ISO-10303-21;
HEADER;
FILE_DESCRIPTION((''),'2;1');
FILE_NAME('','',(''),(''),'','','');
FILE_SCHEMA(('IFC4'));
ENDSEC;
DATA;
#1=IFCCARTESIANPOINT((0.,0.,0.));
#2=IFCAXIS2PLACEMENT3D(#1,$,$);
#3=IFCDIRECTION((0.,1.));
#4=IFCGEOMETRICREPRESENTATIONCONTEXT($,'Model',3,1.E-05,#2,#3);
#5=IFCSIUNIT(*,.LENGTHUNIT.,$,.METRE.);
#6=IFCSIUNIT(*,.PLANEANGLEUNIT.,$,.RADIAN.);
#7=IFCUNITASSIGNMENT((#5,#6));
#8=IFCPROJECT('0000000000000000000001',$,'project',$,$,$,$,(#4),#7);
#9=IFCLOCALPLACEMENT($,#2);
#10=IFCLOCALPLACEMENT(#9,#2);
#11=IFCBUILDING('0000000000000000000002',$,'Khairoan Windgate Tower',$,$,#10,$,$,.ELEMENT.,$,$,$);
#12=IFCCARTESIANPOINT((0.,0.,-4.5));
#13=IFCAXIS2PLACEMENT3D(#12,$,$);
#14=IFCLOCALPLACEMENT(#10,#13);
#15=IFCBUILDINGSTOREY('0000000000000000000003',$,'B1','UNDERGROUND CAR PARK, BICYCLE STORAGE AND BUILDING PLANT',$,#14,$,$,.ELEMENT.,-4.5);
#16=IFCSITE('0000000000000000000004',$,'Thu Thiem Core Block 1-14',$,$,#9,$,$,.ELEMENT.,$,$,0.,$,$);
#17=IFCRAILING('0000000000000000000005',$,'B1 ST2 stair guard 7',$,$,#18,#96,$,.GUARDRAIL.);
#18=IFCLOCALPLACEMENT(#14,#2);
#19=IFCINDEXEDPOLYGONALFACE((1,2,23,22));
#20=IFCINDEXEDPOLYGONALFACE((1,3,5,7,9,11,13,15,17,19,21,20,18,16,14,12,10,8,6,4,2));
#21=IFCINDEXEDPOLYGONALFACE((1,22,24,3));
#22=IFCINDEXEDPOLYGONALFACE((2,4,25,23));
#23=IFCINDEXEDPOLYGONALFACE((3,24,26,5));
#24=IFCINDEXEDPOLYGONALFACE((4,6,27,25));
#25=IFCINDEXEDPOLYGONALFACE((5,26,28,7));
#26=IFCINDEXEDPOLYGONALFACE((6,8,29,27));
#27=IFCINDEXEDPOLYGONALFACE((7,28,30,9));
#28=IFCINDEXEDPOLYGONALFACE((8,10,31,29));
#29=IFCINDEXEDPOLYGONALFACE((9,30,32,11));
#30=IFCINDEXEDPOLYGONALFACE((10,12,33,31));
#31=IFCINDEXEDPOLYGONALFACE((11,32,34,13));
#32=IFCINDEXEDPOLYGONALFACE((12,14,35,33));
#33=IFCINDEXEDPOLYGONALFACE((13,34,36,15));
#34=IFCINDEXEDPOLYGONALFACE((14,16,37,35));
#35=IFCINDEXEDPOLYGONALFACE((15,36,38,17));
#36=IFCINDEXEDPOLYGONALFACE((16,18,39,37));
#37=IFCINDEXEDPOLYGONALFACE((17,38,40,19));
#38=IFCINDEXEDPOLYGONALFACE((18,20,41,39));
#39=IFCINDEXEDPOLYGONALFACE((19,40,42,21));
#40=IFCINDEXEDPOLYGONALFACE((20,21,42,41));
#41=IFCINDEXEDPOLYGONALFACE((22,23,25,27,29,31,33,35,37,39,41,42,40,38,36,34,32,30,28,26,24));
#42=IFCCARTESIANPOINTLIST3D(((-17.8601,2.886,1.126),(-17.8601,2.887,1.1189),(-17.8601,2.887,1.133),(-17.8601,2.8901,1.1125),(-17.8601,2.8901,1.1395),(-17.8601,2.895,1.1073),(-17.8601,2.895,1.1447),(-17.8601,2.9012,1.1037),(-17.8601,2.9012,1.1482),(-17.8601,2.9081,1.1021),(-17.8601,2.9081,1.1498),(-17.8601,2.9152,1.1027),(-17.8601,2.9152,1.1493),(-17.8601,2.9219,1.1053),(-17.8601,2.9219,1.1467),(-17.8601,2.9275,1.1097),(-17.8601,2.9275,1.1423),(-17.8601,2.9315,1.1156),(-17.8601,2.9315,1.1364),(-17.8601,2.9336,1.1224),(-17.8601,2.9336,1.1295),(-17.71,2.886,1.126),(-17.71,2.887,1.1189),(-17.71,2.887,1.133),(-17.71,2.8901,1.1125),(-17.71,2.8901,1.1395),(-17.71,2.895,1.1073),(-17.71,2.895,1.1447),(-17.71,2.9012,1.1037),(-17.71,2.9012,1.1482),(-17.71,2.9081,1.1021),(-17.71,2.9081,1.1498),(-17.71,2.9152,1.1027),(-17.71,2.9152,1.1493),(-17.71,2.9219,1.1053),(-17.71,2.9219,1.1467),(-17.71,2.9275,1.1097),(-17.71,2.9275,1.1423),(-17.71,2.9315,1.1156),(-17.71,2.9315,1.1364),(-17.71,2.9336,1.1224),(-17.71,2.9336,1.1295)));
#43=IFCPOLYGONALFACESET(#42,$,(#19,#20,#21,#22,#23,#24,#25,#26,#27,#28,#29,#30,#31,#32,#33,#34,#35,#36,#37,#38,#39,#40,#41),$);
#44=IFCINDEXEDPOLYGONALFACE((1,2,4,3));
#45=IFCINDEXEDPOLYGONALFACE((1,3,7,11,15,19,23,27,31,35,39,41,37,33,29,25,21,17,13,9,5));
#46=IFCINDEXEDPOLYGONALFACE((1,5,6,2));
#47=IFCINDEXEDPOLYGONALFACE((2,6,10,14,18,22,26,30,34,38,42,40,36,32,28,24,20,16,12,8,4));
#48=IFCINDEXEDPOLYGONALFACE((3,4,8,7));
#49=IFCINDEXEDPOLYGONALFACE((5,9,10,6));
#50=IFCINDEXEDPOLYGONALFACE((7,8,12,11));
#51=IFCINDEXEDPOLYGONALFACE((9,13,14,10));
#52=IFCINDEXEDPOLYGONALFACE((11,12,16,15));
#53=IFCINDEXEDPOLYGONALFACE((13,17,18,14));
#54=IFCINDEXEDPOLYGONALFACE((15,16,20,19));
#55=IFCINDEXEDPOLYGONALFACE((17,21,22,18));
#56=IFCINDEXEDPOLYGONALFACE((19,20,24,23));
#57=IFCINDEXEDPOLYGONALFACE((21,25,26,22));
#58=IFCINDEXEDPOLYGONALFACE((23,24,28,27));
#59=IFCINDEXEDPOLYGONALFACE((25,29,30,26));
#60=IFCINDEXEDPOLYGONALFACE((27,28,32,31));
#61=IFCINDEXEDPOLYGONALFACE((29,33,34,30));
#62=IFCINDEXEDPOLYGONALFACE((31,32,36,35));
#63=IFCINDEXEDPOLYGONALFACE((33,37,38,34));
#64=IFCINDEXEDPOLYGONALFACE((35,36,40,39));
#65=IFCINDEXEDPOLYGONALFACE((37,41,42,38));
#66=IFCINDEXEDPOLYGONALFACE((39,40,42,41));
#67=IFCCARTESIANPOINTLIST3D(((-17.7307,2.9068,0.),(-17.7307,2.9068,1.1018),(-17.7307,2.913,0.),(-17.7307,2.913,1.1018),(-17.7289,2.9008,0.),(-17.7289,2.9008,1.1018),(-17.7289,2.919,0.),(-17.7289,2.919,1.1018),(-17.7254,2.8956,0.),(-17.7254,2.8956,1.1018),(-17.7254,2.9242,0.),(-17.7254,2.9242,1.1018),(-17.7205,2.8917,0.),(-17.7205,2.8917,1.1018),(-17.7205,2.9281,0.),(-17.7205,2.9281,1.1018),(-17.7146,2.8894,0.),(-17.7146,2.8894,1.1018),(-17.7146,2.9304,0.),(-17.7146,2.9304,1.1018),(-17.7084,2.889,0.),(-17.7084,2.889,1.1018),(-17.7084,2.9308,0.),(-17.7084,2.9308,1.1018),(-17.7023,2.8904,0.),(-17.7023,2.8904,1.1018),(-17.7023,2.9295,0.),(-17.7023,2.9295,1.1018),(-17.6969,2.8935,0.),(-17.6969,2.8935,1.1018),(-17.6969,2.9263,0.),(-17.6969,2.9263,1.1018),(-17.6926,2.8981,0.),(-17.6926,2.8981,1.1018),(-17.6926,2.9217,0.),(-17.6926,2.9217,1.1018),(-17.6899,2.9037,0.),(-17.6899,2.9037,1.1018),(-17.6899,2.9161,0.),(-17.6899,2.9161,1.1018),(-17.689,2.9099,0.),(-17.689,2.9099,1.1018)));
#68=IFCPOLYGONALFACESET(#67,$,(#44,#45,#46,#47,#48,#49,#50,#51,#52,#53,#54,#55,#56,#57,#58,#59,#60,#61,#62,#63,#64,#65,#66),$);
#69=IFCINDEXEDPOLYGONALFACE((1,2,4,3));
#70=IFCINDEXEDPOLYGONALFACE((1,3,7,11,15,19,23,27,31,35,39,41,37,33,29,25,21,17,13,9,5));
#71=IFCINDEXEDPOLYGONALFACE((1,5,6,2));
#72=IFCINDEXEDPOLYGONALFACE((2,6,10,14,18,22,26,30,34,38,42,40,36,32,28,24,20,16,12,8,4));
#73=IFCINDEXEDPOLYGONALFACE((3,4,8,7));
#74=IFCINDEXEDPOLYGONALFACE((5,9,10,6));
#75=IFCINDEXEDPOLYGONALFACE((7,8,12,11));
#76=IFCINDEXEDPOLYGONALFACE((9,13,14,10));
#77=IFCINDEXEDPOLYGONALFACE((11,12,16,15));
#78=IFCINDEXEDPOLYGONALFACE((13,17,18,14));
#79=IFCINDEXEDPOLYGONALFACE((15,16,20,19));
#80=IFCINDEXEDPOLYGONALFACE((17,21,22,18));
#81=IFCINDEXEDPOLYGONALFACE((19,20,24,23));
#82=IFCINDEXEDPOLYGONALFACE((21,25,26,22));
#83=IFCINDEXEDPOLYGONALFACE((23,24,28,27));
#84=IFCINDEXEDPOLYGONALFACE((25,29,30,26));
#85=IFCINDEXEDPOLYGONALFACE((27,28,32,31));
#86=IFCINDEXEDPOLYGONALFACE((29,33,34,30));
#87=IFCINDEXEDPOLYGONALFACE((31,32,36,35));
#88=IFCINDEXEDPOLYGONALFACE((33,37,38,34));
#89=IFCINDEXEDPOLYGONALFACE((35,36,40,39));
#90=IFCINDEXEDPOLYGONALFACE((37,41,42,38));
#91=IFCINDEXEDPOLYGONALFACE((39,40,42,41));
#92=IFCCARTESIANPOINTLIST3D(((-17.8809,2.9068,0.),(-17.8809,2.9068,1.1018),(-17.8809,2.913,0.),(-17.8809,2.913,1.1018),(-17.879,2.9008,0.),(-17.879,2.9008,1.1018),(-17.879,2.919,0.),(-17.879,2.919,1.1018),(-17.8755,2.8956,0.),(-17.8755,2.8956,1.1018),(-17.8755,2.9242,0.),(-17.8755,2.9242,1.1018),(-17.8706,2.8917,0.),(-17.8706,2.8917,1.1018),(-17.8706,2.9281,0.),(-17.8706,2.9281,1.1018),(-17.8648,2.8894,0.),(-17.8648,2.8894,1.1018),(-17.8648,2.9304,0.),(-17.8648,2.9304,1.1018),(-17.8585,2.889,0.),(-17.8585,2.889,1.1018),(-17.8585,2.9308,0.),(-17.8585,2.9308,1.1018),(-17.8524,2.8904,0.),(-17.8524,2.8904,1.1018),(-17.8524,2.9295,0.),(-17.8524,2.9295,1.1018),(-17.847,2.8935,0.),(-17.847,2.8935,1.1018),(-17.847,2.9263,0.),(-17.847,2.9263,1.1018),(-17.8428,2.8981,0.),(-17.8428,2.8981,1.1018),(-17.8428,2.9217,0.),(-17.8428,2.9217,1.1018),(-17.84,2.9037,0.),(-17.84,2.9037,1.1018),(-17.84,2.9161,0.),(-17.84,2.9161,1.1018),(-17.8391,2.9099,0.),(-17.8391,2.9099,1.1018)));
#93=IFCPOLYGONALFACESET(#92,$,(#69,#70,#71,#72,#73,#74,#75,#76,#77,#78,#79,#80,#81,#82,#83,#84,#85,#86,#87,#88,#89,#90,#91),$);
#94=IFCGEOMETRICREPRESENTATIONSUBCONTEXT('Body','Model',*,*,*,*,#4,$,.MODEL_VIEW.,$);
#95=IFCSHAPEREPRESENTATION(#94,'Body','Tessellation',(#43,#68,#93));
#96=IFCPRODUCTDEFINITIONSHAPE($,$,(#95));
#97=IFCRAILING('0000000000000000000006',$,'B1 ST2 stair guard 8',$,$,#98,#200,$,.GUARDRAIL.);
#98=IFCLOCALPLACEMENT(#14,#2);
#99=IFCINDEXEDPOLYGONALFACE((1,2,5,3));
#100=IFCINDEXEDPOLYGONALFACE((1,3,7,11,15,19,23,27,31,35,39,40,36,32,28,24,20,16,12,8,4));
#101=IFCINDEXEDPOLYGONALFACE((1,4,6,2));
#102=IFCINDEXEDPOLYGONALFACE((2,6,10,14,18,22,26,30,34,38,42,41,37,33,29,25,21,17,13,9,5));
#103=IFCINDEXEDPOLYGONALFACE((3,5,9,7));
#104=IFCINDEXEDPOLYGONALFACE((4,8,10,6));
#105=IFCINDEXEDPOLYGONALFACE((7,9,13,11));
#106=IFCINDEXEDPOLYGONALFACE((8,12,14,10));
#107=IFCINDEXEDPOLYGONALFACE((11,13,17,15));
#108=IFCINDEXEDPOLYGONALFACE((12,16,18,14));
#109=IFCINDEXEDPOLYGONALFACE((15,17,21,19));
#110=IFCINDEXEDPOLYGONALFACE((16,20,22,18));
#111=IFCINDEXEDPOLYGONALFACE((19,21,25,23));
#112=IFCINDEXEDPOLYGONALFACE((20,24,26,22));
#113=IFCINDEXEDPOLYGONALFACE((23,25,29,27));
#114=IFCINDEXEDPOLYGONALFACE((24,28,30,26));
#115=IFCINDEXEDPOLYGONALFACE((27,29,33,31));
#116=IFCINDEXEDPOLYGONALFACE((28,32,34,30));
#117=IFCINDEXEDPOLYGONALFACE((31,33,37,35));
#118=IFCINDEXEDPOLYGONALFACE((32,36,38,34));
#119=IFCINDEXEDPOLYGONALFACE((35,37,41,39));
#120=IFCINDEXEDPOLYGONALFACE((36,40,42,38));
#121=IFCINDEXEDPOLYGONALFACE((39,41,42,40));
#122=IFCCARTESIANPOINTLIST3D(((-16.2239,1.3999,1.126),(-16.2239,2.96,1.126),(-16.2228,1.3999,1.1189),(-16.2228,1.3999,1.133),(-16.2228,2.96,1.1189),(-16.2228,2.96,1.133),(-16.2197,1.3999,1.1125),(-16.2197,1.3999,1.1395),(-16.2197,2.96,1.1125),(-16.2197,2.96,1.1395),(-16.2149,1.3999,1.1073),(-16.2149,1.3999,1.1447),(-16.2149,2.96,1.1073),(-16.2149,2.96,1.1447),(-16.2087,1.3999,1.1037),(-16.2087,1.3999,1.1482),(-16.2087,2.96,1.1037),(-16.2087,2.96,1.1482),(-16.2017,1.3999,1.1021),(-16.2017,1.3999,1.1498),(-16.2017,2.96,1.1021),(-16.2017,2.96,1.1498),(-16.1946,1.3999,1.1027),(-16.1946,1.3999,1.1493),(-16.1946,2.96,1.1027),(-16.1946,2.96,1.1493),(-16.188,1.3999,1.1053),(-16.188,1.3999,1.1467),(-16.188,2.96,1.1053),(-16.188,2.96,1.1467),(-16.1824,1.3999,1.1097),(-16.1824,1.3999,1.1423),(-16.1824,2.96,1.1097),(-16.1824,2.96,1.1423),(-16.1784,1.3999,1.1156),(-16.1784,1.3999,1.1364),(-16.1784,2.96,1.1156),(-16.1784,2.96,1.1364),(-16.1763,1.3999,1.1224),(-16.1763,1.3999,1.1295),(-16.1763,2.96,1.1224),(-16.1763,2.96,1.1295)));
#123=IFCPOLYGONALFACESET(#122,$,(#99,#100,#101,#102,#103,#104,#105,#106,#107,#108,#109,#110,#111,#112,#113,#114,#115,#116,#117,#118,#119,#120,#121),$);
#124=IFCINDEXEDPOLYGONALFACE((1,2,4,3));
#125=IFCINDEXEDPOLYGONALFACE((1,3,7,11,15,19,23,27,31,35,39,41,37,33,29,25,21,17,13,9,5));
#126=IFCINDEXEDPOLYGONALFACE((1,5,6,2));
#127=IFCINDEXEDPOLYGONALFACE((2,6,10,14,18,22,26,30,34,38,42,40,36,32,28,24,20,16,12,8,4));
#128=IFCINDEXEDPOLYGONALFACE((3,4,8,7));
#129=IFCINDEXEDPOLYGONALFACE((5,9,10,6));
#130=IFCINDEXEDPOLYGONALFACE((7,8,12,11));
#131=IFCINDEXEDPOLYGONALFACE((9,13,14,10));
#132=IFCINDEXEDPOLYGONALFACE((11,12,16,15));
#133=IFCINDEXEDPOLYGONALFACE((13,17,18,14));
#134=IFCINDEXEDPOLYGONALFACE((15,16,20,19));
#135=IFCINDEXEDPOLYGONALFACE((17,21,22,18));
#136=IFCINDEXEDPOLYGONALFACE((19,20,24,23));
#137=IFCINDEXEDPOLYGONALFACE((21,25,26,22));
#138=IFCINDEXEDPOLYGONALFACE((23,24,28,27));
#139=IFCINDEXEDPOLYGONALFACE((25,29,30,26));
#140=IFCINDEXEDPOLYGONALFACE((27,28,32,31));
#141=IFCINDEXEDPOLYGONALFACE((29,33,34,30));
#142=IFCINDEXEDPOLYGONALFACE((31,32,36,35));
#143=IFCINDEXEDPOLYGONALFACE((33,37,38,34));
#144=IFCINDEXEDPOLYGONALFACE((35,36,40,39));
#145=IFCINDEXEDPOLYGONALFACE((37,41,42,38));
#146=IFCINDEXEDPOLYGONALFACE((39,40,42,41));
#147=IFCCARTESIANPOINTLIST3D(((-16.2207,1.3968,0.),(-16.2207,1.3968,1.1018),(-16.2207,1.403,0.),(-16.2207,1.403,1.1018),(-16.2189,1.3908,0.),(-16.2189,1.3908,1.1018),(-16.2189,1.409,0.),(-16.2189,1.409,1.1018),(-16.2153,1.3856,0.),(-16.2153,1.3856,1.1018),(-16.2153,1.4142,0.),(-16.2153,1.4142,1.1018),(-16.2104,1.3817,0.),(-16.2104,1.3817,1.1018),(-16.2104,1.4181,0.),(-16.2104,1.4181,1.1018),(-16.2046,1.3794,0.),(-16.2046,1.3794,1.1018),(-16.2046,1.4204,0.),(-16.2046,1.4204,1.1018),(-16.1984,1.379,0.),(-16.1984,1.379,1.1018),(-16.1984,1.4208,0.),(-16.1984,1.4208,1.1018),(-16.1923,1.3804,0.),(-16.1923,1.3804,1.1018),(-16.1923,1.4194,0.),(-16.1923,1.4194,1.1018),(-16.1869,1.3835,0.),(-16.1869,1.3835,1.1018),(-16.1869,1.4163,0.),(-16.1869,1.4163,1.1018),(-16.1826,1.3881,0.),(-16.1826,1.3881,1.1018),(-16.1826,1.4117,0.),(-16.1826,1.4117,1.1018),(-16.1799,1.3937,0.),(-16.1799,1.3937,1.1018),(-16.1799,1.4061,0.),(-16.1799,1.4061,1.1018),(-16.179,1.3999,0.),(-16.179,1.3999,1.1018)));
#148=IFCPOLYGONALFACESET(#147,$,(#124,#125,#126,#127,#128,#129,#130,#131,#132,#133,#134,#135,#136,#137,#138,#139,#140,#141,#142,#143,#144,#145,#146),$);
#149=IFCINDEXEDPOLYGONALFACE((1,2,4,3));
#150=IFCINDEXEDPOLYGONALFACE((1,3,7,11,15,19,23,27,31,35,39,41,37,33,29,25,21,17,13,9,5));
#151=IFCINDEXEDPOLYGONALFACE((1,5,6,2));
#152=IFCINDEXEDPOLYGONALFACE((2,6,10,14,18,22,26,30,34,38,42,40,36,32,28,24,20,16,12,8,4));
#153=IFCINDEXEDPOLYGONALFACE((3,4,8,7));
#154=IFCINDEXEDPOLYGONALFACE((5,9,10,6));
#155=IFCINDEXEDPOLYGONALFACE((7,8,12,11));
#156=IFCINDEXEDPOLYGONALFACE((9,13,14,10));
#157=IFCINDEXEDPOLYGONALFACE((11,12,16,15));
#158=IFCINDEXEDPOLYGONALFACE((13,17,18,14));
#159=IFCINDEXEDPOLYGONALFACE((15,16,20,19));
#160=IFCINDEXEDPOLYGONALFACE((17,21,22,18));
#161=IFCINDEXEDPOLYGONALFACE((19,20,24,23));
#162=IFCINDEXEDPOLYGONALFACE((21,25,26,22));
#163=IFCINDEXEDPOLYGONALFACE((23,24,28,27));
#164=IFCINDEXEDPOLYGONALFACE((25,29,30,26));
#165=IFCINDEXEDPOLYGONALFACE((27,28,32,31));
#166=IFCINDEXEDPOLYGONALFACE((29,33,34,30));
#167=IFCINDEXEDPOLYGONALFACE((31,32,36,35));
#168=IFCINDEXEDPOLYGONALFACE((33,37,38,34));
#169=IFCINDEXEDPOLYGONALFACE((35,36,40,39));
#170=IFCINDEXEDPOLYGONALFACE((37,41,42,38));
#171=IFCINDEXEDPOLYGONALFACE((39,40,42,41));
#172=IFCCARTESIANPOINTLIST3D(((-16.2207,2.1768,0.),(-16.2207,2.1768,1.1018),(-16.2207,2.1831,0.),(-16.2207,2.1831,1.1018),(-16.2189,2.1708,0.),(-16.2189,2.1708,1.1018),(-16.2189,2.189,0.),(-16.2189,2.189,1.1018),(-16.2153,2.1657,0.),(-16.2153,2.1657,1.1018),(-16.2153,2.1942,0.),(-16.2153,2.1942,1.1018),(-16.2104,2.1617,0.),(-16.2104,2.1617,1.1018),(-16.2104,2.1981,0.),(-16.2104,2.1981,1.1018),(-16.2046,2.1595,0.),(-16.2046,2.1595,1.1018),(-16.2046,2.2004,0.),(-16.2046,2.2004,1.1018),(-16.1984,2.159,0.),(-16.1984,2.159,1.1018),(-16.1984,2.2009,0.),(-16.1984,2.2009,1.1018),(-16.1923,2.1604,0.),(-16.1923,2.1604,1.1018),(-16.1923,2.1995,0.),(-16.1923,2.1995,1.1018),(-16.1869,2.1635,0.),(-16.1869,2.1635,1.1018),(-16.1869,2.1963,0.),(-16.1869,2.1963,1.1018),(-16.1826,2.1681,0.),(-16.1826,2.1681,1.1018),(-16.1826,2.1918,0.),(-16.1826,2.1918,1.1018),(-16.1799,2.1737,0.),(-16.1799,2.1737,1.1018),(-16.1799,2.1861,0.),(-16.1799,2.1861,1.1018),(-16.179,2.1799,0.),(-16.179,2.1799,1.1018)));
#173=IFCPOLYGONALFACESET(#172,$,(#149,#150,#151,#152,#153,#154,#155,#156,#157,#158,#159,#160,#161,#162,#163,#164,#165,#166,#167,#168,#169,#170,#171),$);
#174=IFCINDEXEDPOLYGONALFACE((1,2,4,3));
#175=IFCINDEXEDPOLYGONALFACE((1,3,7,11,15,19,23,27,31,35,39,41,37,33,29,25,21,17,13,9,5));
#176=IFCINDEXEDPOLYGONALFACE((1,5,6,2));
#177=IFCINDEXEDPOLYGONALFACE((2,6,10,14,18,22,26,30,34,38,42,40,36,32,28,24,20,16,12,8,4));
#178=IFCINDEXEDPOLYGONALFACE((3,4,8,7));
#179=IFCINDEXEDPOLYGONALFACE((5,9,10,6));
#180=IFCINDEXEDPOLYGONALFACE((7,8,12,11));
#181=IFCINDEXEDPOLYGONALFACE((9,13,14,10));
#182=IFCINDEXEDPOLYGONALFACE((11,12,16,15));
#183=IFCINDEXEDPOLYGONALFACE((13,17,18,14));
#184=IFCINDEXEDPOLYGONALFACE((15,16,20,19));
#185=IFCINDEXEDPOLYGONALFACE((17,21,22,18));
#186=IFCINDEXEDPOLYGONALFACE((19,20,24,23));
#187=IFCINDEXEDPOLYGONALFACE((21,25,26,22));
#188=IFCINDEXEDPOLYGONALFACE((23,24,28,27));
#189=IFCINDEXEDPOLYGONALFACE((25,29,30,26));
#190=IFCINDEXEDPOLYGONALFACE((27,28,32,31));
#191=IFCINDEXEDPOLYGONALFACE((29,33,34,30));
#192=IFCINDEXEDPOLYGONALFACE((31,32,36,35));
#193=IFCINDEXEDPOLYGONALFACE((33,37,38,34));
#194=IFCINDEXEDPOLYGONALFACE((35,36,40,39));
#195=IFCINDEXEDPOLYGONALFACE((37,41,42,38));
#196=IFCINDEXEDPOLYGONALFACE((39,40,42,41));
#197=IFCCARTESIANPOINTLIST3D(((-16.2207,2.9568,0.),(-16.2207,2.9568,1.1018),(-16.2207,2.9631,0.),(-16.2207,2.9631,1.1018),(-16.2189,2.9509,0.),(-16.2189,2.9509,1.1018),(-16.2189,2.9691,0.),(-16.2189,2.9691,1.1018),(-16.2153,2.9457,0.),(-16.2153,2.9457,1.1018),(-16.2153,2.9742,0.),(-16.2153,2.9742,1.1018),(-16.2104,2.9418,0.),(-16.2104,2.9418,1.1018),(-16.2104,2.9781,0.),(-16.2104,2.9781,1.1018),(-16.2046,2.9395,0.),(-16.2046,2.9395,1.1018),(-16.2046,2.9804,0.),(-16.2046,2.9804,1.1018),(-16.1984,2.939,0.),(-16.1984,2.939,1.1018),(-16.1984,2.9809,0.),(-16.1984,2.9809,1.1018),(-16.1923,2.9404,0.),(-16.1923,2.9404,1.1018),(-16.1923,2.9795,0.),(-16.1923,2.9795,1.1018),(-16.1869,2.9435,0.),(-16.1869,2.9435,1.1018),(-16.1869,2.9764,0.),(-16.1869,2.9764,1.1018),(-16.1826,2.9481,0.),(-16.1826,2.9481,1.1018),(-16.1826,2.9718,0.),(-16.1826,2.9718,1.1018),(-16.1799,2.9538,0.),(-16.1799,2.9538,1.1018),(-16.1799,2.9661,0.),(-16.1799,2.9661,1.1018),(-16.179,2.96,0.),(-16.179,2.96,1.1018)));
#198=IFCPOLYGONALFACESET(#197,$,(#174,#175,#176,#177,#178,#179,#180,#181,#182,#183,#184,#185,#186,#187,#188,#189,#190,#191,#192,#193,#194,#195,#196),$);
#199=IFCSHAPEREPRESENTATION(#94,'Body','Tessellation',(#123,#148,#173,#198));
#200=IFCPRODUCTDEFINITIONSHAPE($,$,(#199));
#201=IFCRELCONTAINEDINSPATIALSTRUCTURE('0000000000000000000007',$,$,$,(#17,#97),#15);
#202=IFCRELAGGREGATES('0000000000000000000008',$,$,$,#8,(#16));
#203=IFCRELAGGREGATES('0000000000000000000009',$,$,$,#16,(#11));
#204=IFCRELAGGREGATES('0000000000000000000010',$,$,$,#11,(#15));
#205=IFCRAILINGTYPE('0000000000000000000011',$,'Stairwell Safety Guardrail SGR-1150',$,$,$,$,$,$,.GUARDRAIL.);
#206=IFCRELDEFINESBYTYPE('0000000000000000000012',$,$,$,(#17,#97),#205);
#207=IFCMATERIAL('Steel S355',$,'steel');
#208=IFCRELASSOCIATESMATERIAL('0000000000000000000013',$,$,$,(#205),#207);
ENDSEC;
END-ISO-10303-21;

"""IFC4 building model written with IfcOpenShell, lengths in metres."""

from ifc_helpers import new_model, si_unit, direction, frame, origin, origin_2d, place, context, subcontext, project, spatial, circle, extrude, material, type_object, element, save


model = new_model("IFC4")

# Units and contexts
model_context = context("Model", 3, precision=1e-05, world=origin(), true_north=direction((0.0, 1.0)))
body_context = subcontext(model_context, "Body", "Model", "MODEL_VIEW")
ifc_project = project(units=[si_unit("LENGTHUNIT", "METRE"), si_unit("PLANEANGLEUNIT", "RADIAN")], contexts=[model_context])

# Site, building, storey
site_placement = place(None, origin())
site = spatial("IfcSite", under=ifc_project, at=site_placement, Name="Thu Thiem Core Block 1-14", CompositionType="ELEMENT", RefElevation=0.0)
building_placement = place(site_placement, origin())
building = spatial("IfcBuilding", under=site, at=building_placement, Name="Khairoan Windgate Tower", CompositionType="ELEMENT")
storey_placement = place(building_placement, frame((0.0, 0.0, -4.5)))
storey = spatial("IfcBuildingStorey", under=building, at=storey_placement, Name="B1", Description="UNDERGROUND CAR PARK, BICYCLE STORAGE AND BUILDING PLANT", CompositionType="ELEMENT", Elevation=-4.5)

# Railings
ifc_material_1 = material(Name="Steel S355", Category="steel")
railing_type_1 = type_object("IfcRailingType", Name="Stairwell Safety Guardrail SGR-1150", PredefinedType="GUARDRAIL", material=ifc_material_1)
railing_1_placement = place(storey_placement, frame((-17.71, 2.9099, 0.0)))
element("IfcRailing", 1, at=railing_1_placement, inside=storey, type_object=railing_type_1, Name="B1 ST2 stair guard 7", PredefinedType="GUARDRAIL", context=body_context, shape_type="SweptSolid", body=[
    extrude(circle(Radius=0.0239, at=origin_2d()), frame((0.0, 0.0, 1.126), z_axis=(-1.0, 0.0, 0.0), x_axis=(0.0, -1.0, 0.0)), (0.0, 0.0, 1.0), 0.1501),
    extrude(circle(Radius=0.021, at=origin_2d()), origin(), (0.0, 0.0, 1.0), 1.1018),
    extrude(circle(Radius=0.021, at=origin_2d()), frame((-0.1501, 0.0, 0.0)), (0.0, 0.0, 1.0), 1.1018),
])
for number, where, name in (
    (2, (-16.2, 1.3999, 0.0), "B1 ST2 stair guard 8"),
):
    element("IfcRailing", number, at=place(storey_placement, frame(where)), inside=storey, type_object=railing_type_1, Name=name, PredefinedType="GUARDRAIL", context=body_context, shape_type="SweptSolid", body=[
        extrude(circle(Radius=0.0239, at=origin_2d()), frame((0.0, 0.0, 1.126), z_axis=(0.0, 1.0, 0.0), x_axis=(-1.0, 0.0, 0.0)), (0.0, 0.0, 1.0), 1.5601),
        extrude(circle(Radius=0.021, at=origin_2d()), origin(), (0.0, 0.0, 1.0), 1.1018),
        extrude(circle(Radius=0.021, at=origin_2d()), frame((0.0, 0.78, 0.0)), (0.0, 0.0, 1.0), 1.1018),
        extrude(circle(Radius=0.021, at=origin_2d()), frame((0.0, 1.5601, 0.0)), (0.0, 0.0, 1.0), 1.1018),
    ])

save(model, "model.ifc")
